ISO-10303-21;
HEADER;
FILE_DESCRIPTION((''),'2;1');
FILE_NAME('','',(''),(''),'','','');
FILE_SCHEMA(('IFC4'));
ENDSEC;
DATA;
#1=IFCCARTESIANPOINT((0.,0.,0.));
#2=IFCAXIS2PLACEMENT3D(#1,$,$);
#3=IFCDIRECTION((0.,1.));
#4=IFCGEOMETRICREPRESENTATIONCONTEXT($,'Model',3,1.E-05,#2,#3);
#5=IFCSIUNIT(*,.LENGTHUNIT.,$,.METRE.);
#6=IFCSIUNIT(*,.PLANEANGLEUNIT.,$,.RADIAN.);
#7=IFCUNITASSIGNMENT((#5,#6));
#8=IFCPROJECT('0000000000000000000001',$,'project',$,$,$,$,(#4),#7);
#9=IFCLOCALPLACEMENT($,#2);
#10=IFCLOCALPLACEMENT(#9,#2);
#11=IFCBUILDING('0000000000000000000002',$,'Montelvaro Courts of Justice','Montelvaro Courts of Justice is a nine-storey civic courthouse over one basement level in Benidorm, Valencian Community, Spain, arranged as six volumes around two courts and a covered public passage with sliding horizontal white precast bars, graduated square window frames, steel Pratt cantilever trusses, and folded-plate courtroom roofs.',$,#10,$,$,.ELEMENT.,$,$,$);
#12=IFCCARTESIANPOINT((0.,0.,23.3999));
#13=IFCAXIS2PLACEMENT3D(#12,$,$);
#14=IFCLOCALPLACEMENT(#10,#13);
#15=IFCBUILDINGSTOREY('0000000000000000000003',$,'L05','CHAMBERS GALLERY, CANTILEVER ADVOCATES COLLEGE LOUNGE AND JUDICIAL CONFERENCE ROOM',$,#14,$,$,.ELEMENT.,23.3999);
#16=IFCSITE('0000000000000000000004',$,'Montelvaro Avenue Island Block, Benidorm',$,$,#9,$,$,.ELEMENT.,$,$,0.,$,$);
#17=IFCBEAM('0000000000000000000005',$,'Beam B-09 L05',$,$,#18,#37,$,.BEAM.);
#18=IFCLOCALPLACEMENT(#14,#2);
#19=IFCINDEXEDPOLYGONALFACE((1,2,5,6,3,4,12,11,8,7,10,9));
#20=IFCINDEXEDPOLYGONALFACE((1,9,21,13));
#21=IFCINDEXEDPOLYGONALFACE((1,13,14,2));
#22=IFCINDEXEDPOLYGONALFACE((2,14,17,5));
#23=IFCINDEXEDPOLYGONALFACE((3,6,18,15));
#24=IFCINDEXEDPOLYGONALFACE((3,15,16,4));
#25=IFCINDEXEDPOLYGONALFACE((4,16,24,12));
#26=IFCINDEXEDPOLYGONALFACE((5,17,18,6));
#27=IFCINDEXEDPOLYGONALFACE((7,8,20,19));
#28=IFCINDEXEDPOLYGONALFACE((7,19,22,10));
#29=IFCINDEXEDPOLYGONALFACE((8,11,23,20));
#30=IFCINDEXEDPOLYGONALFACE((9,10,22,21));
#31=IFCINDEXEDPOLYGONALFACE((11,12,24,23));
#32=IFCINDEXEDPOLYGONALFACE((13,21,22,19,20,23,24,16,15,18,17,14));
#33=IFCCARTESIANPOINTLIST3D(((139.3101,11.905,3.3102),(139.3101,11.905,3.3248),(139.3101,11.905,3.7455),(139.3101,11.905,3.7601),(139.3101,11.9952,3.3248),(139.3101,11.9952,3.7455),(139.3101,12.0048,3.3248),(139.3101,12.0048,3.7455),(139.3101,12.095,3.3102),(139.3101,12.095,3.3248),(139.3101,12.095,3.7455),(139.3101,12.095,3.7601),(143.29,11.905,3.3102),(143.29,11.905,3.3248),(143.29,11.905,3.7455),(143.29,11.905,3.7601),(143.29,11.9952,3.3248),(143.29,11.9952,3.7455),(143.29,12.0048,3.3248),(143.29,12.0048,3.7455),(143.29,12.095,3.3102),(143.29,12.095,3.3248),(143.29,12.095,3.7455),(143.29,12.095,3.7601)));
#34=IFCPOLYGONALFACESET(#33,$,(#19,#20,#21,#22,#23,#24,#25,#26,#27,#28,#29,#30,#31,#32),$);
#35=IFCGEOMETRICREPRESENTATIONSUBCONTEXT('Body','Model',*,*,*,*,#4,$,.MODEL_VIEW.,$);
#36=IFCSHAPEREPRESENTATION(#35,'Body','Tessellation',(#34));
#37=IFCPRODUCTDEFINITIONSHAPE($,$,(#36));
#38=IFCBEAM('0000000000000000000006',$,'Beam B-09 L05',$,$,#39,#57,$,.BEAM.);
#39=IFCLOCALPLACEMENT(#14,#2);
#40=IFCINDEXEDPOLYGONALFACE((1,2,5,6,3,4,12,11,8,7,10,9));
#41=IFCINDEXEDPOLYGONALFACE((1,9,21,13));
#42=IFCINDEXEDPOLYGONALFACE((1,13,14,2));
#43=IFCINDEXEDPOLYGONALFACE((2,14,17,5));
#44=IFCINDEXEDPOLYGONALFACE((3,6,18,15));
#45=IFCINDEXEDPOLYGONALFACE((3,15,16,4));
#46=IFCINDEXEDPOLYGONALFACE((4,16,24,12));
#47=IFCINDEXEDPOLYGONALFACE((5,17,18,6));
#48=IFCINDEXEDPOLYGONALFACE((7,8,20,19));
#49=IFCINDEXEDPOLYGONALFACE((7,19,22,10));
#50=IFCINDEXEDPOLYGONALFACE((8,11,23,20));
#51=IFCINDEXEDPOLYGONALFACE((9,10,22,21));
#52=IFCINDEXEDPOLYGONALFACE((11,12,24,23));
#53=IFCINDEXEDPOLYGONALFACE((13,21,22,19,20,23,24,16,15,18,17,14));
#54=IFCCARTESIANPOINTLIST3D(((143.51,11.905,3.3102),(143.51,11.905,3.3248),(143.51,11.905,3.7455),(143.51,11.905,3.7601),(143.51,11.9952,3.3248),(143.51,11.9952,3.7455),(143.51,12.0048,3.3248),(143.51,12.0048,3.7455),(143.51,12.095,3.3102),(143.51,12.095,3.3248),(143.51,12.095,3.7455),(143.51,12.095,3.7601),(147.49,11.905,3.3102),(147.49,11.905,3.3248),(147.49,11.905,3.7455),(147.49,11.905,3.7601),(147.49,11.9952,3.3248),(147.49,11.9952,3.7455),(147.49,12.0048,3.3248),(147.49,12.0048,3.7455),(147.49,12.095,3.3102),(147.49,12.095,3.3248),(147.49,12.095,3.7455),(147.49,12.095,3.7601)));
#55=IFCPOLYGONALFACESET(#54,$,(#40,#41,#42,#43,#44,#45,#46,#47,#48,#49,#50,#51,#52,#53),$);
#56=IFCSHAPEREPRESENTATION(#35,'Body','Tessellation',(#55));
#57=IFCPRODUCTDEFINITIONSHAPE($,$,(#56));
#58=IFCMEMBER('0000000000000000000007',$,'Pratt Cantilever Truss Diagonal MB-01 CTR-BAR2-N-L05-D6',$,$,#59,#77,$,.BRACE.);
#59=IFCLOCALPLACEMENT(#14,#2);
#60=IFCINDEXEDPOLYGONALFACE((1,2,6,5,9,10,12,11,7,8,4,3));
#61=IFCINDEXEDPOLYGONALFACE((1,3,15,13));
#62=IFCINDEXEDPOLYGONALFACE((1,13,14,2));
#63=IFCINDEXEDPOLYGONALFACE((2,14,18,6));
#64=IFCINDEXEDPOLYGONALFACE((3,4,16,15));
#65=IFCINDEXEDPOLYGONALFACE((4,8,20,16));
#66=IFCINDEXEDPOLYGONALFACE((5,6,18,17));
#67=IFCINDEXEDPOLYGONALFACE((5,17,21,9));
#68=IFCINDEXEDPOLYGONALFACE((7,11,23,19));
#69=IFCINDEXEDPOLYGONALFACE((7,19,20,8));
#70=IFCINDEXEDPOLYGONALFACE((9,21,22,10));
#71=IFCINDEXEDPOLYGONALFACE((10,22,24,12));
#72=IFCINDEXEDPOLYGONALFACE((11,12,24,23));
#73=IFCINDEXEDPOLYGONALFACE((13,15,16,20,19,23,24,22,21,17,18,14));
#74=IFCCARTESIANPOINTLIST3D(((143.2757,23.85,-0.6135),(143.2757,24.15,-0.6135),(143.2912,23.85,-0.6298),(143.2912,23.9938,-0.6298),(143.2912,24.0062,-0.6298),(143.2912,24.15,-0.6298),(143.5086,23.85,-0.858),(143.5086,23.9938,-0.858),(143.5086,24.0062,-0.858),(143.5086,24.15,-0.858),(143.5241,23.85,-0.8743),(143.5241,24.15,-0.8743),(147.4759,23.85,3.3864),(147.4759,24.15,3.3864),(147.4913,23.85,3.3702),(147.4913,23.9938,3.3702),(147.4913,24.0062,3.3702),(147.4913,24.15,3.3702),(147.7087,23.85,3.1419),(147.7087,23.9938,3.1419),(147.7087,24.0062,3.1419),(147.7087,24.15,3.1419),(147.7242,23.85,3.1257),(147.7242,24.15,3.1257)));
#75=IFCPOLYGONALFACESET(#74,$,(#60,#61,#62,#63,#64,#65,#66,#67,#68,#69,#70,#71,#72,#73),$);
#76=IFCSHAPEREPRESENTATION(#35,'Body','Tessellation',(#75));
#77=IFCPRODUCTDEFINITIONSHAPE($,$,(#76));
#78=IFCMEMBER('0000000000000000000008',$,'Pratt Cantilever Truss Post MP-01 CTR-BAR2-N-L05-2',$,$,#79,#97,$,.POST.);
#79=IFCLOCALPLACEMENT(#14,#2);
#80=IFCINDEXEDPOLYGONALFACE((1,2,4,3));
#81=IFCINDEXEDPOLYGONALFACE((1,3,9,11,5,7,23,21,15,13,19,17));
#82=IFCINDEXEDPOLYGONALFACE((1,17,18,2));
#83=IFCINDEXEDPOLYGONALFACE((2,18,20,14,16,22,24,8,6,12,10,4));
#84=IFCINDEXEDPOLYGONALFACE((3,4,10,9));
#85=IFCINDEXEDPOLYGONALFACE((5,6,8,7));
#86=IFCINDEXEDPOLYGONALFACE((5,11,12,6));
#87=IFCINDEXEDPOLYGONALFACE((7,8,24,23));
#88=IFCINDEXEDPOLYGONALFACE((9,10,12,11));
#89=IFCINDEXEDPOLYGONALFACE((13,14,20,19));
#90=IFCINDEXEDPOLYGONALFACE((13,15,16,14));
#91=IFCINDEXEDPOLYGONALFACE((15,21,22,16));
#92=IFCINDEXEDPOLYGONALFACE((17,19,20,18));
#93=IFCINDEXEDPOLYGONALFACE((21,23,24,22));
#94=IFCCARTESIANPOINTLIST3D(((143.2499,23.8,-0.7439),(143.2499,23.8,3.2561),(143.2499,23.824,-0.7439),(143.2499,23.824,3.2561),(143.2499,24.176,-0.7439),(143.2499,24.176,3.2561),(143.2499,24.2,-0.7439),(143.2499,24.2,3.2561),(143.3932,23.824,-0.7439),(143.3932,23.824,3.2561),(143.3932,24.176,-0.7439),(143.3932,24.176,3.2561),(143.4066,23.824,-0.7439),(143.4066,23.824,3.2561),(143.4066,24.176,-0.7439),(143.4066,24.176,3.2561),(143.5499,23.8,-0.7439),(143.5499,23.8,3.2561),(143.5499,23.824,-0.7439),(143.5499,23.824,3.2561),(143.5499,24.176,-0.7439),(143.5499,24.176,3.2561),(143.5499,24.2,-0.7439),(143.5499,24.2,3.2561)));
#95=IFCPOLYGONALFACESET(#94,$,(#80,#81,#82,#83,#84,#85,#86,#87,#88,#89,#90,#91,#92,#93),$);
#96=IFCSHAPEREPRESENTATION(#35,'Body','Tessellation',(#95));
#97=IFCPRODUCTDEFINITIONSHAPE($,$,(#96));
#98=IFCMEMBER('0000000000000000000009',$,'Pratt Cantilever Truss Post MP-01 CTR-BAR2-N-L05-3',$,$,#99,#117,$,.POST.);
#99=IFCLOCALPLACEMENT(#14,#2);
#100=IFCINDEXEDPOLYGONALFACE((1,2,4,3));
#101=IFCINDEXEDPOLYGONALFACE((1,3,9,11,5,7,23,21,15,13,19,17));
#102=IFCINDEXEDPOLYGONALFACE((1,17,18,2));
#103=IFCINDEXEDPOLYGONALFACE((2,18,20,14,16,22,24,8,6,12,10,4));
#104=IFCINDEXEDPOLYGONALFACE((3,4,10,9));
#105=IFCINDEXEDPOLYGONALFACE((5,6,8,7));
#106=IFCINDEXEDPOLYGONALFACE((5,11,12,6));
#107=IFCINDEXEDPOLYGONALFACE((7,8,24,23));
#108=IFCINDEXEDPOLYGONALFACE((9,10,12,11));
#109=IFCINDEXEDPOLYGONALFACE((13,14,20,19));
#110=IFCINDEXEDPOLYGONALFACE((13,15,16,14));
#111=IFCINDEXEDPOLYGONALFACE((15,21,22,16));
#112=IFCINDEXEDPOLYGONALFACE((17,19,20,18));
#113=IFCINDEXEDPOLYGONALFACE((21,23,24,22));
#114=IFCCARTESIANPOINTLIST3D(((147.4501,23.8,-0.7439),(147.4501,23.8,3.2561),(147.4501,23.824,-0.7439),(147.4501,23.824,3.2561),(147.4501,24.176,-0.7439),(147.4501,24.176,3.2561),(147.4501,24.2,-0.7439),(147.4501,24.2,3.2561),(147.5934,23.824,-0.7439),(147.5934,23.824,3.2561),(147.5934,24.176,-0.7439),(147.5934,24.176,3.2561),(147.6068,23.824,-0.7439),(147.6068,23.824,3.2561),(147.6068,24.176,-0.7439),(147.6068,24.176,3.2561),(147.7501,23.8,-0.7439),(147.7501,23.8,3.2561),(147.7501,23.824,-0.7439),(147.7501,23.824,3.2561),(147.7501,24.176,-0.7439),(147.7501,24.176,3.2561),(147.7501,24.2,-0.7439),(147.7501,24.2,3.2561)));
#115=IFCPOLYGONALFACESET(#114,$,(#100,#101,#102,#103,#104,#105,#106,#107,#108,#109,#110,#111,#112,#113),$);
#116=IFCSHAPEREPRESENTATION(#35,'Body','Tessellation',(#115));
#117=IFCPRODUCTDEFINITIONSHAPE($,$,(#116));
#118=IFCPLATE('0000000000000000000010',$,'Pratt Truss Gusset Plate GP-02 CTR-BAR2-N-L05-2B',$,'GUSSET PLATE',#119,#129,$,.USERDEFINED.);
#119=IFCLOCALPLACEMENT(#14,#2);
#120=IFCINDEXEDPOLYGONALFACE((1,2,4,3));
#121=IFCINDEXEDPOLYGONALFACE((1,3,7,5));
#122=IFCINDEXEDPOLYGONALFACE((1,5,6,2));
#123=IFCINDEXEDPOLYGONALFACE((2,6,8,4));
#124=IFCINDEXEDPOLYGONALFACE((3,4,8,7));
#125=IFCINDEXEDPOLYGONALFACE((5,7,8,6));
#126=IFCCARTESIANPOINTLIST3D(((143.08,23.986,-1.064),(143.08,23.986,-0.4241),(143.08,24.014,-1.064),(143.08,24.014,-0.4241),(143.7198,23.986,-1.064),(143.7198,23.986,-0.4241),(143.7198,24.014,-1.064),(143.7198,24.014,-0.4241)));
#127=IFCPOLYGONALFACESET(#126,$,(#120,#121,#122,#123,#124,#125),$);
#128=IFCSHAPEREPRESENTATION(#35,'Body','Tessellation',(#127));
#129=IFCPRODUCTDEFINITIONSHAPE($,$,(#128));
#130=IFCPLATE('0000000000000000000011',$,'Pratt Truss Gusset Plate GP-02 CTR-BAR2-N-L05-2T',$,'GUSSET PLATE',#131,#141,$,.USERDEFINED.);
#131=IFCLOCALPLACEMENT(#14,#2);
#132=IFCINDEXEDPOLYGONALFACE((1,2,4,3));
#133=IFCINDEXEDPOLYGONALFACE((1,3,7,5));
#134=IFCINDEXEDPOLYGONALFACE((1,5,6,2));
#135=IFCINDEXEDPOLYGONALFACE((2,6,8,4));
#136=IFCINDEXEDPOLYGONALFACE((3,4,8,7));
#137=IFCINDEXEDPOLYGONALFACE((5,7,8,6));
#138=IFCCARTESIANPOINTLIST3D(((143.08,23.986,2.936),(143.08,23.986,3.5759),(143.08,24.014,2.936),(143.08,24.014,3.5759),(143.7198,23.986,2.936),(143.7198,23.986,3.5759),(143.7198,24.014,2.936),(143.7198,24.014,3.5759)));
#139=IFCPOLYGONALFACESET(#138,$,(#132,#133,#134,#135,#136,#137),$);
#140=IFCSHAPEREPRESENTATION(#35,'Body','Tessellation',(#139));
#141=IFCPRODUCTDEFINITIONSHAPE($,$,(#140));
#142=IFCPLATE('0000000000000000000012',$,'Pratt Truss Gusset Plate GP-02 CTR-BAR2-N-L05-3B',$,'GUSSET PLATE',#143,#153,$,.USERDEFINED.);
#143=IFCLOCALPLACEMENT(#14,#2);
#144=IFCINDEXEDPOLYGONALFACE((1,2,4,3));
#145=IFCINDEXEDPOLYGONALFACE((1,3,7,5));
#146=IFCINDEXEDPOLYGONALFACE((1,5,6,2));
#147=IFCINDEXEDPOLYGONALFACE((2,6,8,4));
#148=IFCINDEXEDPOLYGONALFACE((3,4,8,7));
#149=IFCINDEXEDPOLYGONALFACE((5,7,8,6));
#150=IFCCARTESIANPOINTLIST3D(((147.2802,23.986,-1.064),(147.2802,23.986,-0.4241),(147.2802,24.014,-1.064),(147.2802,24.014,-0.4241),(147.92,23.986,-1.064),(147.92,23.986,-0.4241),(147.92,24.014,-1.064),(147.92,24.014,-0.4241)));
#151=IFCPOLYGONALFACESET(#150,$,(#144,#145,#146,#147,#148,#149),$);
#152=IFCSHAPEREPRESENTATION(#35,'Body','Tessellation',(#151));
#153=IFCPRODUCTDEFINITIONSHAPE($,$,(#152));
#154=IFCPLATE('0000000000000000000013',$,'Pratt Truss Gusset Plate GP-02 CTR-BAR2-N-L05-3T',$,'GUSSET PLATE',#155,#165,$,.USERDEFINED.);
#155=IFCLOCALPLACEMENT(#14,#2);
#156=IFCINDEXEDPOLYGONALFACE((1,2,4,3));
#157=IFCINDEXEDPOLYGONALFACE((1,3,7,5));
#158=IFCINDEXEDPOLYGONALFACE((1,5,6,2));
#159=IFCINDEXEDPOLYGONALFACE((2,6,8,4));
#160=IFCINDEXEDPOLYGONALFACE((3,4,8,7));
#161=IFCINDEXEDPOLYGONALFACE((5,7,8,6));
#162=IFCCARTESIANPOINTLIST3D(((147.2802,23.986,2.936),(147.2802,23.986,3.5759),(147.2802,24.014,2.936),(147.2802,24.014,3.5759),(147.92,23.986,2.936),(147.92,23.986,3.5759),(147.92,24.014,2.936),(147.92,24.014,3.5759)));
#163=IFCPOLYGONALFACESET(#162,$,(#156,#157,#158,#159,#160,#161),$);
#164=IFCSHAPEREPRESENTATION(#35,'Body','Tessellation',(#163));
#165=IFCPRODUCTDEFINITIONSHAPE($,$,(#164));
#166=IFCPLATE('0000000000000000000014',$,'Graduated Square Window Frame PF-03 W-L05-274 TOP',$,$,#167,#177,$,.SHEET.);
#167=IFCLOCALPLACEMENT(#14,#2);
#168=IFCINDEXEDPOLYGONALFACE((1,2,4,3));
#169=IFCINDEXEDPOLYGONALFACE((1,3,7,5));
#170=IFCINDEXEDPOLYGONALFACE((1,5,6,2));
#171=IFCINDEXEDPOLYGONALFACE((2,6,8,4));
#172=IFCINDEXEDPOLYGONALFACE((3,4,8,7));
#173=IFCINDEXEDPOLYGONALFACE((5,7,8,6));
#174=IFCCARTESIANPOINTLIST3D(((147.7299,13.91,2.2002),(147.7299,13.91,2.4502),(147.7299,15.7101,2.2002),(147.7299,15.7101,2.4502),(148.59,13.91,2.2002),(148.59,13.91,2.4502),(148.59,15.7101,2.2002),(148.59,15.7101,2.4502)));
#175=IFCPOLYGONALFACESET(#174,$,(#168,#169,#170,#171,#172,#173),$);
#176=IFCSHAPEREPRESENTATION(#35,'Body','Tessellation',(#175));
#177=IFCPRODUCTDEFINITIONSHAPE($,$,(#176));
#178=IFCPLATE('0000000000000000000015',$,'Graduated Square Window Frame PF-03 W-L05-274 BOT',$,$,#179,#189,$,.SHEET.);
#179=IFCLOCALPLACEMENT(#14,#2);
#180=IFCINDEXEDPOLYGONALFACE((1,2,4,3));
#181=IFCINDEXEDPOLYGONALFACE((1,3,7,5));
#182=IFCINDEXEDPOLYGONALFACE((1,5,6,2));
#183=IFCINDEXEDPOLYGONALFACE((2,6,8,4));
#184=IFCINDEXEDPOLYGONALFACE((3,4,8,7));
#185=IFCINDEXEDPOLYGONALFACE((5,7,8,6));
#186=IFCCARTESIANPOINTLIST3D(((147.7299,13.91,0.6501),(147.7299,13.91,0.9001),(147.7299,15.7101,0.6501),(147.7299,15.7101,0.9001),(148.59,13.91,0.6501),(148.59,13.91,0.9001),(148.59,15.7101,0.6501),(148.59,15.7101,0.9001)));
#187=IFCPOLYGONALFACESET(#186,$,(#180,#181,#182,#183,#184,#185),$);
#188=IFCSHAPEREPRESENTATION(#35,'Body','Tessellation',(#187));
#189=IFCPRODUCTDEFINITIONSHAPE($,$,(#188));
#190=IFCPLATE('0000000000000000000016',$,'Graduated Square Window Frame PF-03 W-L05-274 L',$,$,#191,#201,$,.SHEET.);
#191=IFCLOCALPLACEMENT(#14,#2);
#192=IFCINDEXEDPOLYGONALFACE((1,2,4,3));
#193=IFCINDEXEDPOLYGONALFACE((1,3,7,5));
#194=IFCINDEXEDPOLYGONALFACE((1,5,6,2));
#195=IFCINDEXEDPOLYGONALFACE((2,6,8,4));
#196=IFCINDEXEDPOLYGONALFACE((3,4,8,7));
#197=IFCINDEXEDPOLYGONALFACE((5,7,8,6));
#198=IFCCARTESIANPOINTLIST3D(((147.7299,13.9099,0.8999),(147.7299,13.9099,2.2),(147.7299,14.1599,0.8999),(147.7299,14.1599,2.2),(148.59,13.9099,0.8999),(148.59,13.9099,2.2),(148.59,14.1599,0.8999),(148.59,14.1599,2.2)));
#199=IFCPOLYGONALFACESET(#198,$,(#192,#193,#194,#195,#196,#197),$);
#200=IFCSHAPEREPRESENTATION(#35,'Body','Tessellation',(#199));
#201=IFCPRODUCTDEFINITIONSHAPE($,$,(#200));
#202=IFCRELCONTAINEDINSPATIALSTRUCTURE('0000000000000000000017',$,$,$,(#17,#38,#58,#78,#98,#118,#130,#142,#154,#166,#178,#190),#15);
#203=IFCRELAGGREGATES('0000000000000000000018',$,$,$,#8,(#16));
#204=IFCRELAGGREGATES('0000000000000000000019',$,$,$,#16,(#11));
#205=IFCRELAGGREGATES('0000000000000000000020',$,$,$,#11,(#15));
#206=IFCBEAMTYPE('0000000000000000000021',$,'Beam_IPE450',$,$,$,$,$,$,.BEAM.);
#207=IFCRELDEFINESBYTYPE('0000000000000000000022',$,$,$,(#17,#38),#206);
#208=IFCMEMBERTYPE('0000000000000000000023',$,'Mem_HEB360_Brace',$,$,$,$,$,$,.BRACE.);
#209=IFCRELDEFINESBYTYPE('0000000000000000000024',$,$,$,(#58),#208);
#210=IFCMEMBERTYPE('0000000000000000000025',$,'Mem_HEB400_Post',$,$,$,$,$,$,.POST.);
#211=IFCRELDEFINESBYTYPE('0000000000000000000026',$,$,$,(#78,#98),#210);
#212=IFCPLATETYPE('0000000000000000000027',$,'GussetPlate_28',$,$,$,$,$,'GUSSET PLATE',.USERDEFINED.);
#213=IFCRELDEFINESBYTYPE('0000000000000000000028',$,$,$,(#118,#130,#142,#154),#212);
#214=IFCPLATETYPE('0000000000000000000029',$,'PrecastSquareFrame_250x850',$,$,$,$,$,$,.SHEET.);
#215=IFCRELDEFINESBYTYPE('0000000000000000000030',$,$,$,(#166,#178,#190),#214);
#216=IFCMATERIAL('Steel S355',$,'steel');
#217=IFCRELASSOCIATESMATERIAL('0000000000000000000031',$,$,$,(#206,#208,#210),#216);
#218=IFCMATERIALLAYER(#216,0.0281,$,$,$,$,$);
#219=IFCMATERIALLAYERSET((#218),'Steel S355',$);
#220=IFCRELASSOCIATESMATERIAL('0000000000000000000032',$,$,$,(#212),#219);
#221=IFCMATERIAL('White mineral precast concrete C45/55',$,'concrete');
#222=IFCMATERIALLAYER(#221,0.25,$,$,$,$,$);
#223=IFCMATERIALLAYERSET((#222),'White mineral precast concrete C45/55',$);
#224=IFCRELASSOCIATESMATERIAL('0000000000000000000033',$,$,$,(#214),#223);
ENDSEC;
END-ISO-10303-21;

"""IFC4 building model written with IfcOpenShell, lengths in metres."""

from ifc_helpers import new_model, si_unit, direction, frame, origin, origin_2d, place, context, subcontext, project, spatial, rectangle, i_section, extrude, material, layer, layer_set, material_profile, profile_set, type_object, element, save


model = new_model("IFC4")

# Units and contexts
model_context = context("Model", 3, precision=1e-05, world=origin(), true_north=direction((0.0, 1.0)))
body_context = subcontext(model_context, "Body", "Model", "MODEL_VIEW")
ifc_project = project(units=[si_unit("LENGTHUNIT", "METRE"), si_unit("PLANEANGLEUNIT", "RADIAN")], contexts=[model_context])

# Site, building, storey
site_placement = place(None, origin())
site = spatial("IfcSite", under=ifc_project, at=site_placement, Name="Montelvaro Avenue Island Block, Benidorm", CompositionType="ELEMENT", RefElevation=0.0)
building_placement = place(site_placement, origin())
building = spatial("IfcBuilding", under=site, at=building_placement, Name="Montelvaro Courts of Justice", Description="Montelvaro Courts of Justice is a nine-storey civic courthouse over one basement level in Benidorm, Valencian Community, Spain, arranged as six volumes around two courts and a covered public passage with sliding horizontal white precast bars, graduated square window frames, steel Pratt cantilever trusses, and folded-plate courtroom roofs.", CompositionType="ELEMENT")
storey_placement = place(building_placement, frame((0.0, 0.0, 23.3999)))
storey = spatial("IfcBuildingStorey", under=building, at=storey_placement, Name="L05", Description="CHAMBERS GALLERY, CANTILEVER ADVOCATES COLLEGE LOUNGE AND JUDICIAL CONFERENCE ROOM", CompositionType="ELEMENT", Elevation=23.3999)

# Beams
ifc_material_1 = material(Name="Steel S355", Category="steel")
ifc_material_profile_1 = material_profile(ifc_material_1, i_section(OverallWidth=0.1899, OverallDepth=0.45, WebThickness=0.0095, FlangeThickness=0.0146, at=origin_2d()), Name="IPE 450")
ifc_profile_set_1 = profile_set([ifc_material_profile_1], Name="Steel S355")
beam_type = type_object("IfcBeamType", Name="Beam_IPE450", PredefinedType="BEAM", material=ifc_profile_set_1)
for number, where, z_axis, x_axis, name in (
    (1, (139.3101, 12.0, 3.5352), (1.0, 0.0, 0.0), (0.0, 1.0, 0.0), "Beam B-09 L05"),
    (2, (143.51, 12.0, 3.5352), (1.0, 0.0, 0.0), (0.0, 1.0, 0.0), "Beam B-09 L05"),
):
    element("IfcBeam", number, at=place(storey_placement, frame(where, z_axis=z_axis, x_axis=x_axis)), inside=storey, type_object=beam_type, Name=name, PredefinedType="BEAM", context=body_context, shape_type="SweptSolid", body=[
        extrude(i_section(OverallWidth=0.1899, OverallDepth=0.45, WebThickness=0.0095, FlangeThickness=0.0146, at=origin_2d()), origin(), (0.0, 0.0, 1.0), 3.98),
    ])

# Members
ifc_material_profile_2 = material_profile(ifc_material_1, i_section(OverallWidth=0.3, OverallDepth=0.3601, WebThickness=0.0125, FlangeThickness=0.0225, at=origin_2d()), Name="HEB 360")
ifc_profile_set_2 = profile_set([ifc_material_profile_2], Name="Steel S355")
member_type_1 = type_object("IfcMemberType", Name="Mem_HEB360_Brace", PredefinedType="BRACE", material=ifc_profile_set_2)
member_placement = place(storey_placement, frame((143.3999, 24.0, -0.7439), z_axis=(0.724154, 0.0, 0.689638), x_axis=(0.0, 1.0, 0.0)))
element("IfcMember", 3, at=member_placement, inside=storey, type_object=member_type_1, Name="Pratt Cantilever Truss Diagonal MB-01 CTR-BAR2-N-L05-D6", PredefinedType="BRACE", context=body_context, shape_type="SweptSolid", body=[
    extrude(i_section(OverallWidth=0.3, OverallDepth=0.3601, WebThickness=0.0125, FlangeThickness=0.0225, at=origin_2d()), origin(), (0.0, 0.0, 1.0), 5.8),
])
ifc_material_profile_3 = material_profile(ifc_material_1, i_section(OverallWidth=0.3, OverallDepth=0.3999, WebThickness=0.0134, FlangeThickness=0.0239, at=origin_2d()), Name="HEB 400")
ifc_profile_set_3 = profile_set([ifc_material_profile_3], Name="Steel S355")
member_type_2 = type_object("IfcMemberType", Name="Mem_HEB400_Post", PredefinedType="POST", material=ifc_profile_set_3)
for number, where, z_axis, x_axis, name in (
    (4, (143.3999, 24.0, -0.7439), (0.0, 0.0, 1.0), (1.0, 0.0, 0.0), "Pratt Cantilever Truss Post MP-01 CTR-BAR2-N-L05-2"),
    (5, (147.6001, 24.0, -0.7439), (0.0, 0.0, 1.0), (1.0, 0.0, 0.0), "Pratt Cantilever Truss Post MP-01 CTR-BAR2-N-L05-3"),
):
    element("IfcMember", number, at=place(storey_placement, frame(where, z_axis=z_axis, x_axis=x_axis)), inside=storey, type_object=member_type_2, Name=name, PredefinedType="POST", context=body_context, shape_type="SweptSolid", body=[
        extrude(i_section(OverallWidth=0.3, OverallDepth=0.3999, WebThickness=0.0134, FlangeThickness=0.0239, at=origin_2d()), origin(), (0.0, 0.0, 1.0), 4.0),
    ])

# Plates
ifc_layer_1 = layer(ifc_material_1, 0.0281)
ifc_layer_set_1 = layer_set([ifc_layer_1], Name="Steel S355")
plate_type_1 = type_object("IfcPlateType", Name="GussetPlate_28", ElementType="GUSSET PLATE", PredefinedType="USERDEFINED", material=ifc_layer_set_1)
for number, where, z_axis, x_axis, name in (
    (6, (143.3999, 24.0, -1.064), (0.0, 0.0, 1.0), (1.0, 0.0, 0.0), "Pratt Truss Gusset Plate GP-02 CTR-BAR2-N-L05-2B"),
    (7, (143.3999, 24.0, 2.936), (0.0, 0.0, 1.0), (1.0, 0.0, 0.0), "Pratt Truss Gusset Plate GP-02 CTR-BAR2-N-L05-2T"),
    (8, (147.6001, 24.0, -1.064), (0.0, 0.0, 1.0), (1.0, 0.0, 0.0), "Pratt Truss Gusset Plate GP-02 CTR-BAR2-N-L05-3B"),
    (9, (147.6001, 24.0, 2.936), (0.0, 0.0, 1.0), (1.0, 0.0, 0.0), "Pratt Truss Gusset Plate GP-02 CTR-BAR2-N-L05-3T"),
):
    element("IfcPlate", number, at=place(storey_placement, frame(where, z_axis=z_axis, x_axis=x_axis)), inside=storey, type_object=plate_type_1, Name=name, ObjectType="GUSSET PLATE", PredefinedType="USERDEFINED", context=body_context, shape_type="SweptSolid", body=[
        extrude(rectangle(XDim=0.6399, YDim=0.0281, at=origin_2d()), origin(), (0.0, 0.0, 1.0), 0.6399),
    ])
ifc_material_2 = material(Name="White mineral precast concrete C45/55", Category="concrete")
ifc_layer_2 = layer(ifc_material_2, 0.25)
ifc_layer_set_2 = layer_set([ifc_layer_2], Name="White mineral precast concrete C45/55")
plate_type_2 = type_object("IfcPlateType", Name="PrecastSquareFrame_250x850", PredefinedType="SHEET", material=ifc_layer_set_2)
for number, where, z_axis, x_axis, name in (
    (10, (148.1599, 14.8101, 2.2002), (0.0, 0.0, 1.0), (0.0, 1.0, 0.0), "Graduated Square Window Frame PF-03 W-L05-274 TOP"),
    (11, (148.1599, 14.8101, 0.6501), (0.0, 0.0, 1.0), (0.0, 1.0, 0.0), "Graduated Square Window Frame PF-03 W-L05-274 BOT"),
):
    element("IfcPlate", number, at=place(storey_placement, frame(where, z_axis=z_axis, x_axis=x_axis)), inside=storey, type_object=plate_type_2, Name=name, PredefinedType="SHEET", context=body_context, shape_type="SweptSolid", body=[
        extrude(rectangle(XDim=1.8, YDim=0.8601, at=origin_2d()), origin(), (0.0, 0.0, 1.0), 0.25),
    ])
for number, where, z_axis, x_axis, name in (
    (12, (148.1599, 14.0349, 0.8999), (0.0, 0.0, 1.0), (0.0, 1.0, 0.0), "Graduated Square Window Frame PF-03 W-L05-274 L"),
):
    element("IfcPlate", number, at=place(storey_placement, frame(where, z_axis=z_axis, x_axis=x_axis)), inside=storey, type_object=plate_type_2, Name=name, PredefinedType="SHEET", context=body_context, shape_type="SweptSolid", body=[
        extrude(rectangle(XDim=0.25, YDim=0.8601, at=origin_2d()), origin(), (0.0, 0.0, 1.0), 1.3),
    ])

save(model, "model.ifc")
